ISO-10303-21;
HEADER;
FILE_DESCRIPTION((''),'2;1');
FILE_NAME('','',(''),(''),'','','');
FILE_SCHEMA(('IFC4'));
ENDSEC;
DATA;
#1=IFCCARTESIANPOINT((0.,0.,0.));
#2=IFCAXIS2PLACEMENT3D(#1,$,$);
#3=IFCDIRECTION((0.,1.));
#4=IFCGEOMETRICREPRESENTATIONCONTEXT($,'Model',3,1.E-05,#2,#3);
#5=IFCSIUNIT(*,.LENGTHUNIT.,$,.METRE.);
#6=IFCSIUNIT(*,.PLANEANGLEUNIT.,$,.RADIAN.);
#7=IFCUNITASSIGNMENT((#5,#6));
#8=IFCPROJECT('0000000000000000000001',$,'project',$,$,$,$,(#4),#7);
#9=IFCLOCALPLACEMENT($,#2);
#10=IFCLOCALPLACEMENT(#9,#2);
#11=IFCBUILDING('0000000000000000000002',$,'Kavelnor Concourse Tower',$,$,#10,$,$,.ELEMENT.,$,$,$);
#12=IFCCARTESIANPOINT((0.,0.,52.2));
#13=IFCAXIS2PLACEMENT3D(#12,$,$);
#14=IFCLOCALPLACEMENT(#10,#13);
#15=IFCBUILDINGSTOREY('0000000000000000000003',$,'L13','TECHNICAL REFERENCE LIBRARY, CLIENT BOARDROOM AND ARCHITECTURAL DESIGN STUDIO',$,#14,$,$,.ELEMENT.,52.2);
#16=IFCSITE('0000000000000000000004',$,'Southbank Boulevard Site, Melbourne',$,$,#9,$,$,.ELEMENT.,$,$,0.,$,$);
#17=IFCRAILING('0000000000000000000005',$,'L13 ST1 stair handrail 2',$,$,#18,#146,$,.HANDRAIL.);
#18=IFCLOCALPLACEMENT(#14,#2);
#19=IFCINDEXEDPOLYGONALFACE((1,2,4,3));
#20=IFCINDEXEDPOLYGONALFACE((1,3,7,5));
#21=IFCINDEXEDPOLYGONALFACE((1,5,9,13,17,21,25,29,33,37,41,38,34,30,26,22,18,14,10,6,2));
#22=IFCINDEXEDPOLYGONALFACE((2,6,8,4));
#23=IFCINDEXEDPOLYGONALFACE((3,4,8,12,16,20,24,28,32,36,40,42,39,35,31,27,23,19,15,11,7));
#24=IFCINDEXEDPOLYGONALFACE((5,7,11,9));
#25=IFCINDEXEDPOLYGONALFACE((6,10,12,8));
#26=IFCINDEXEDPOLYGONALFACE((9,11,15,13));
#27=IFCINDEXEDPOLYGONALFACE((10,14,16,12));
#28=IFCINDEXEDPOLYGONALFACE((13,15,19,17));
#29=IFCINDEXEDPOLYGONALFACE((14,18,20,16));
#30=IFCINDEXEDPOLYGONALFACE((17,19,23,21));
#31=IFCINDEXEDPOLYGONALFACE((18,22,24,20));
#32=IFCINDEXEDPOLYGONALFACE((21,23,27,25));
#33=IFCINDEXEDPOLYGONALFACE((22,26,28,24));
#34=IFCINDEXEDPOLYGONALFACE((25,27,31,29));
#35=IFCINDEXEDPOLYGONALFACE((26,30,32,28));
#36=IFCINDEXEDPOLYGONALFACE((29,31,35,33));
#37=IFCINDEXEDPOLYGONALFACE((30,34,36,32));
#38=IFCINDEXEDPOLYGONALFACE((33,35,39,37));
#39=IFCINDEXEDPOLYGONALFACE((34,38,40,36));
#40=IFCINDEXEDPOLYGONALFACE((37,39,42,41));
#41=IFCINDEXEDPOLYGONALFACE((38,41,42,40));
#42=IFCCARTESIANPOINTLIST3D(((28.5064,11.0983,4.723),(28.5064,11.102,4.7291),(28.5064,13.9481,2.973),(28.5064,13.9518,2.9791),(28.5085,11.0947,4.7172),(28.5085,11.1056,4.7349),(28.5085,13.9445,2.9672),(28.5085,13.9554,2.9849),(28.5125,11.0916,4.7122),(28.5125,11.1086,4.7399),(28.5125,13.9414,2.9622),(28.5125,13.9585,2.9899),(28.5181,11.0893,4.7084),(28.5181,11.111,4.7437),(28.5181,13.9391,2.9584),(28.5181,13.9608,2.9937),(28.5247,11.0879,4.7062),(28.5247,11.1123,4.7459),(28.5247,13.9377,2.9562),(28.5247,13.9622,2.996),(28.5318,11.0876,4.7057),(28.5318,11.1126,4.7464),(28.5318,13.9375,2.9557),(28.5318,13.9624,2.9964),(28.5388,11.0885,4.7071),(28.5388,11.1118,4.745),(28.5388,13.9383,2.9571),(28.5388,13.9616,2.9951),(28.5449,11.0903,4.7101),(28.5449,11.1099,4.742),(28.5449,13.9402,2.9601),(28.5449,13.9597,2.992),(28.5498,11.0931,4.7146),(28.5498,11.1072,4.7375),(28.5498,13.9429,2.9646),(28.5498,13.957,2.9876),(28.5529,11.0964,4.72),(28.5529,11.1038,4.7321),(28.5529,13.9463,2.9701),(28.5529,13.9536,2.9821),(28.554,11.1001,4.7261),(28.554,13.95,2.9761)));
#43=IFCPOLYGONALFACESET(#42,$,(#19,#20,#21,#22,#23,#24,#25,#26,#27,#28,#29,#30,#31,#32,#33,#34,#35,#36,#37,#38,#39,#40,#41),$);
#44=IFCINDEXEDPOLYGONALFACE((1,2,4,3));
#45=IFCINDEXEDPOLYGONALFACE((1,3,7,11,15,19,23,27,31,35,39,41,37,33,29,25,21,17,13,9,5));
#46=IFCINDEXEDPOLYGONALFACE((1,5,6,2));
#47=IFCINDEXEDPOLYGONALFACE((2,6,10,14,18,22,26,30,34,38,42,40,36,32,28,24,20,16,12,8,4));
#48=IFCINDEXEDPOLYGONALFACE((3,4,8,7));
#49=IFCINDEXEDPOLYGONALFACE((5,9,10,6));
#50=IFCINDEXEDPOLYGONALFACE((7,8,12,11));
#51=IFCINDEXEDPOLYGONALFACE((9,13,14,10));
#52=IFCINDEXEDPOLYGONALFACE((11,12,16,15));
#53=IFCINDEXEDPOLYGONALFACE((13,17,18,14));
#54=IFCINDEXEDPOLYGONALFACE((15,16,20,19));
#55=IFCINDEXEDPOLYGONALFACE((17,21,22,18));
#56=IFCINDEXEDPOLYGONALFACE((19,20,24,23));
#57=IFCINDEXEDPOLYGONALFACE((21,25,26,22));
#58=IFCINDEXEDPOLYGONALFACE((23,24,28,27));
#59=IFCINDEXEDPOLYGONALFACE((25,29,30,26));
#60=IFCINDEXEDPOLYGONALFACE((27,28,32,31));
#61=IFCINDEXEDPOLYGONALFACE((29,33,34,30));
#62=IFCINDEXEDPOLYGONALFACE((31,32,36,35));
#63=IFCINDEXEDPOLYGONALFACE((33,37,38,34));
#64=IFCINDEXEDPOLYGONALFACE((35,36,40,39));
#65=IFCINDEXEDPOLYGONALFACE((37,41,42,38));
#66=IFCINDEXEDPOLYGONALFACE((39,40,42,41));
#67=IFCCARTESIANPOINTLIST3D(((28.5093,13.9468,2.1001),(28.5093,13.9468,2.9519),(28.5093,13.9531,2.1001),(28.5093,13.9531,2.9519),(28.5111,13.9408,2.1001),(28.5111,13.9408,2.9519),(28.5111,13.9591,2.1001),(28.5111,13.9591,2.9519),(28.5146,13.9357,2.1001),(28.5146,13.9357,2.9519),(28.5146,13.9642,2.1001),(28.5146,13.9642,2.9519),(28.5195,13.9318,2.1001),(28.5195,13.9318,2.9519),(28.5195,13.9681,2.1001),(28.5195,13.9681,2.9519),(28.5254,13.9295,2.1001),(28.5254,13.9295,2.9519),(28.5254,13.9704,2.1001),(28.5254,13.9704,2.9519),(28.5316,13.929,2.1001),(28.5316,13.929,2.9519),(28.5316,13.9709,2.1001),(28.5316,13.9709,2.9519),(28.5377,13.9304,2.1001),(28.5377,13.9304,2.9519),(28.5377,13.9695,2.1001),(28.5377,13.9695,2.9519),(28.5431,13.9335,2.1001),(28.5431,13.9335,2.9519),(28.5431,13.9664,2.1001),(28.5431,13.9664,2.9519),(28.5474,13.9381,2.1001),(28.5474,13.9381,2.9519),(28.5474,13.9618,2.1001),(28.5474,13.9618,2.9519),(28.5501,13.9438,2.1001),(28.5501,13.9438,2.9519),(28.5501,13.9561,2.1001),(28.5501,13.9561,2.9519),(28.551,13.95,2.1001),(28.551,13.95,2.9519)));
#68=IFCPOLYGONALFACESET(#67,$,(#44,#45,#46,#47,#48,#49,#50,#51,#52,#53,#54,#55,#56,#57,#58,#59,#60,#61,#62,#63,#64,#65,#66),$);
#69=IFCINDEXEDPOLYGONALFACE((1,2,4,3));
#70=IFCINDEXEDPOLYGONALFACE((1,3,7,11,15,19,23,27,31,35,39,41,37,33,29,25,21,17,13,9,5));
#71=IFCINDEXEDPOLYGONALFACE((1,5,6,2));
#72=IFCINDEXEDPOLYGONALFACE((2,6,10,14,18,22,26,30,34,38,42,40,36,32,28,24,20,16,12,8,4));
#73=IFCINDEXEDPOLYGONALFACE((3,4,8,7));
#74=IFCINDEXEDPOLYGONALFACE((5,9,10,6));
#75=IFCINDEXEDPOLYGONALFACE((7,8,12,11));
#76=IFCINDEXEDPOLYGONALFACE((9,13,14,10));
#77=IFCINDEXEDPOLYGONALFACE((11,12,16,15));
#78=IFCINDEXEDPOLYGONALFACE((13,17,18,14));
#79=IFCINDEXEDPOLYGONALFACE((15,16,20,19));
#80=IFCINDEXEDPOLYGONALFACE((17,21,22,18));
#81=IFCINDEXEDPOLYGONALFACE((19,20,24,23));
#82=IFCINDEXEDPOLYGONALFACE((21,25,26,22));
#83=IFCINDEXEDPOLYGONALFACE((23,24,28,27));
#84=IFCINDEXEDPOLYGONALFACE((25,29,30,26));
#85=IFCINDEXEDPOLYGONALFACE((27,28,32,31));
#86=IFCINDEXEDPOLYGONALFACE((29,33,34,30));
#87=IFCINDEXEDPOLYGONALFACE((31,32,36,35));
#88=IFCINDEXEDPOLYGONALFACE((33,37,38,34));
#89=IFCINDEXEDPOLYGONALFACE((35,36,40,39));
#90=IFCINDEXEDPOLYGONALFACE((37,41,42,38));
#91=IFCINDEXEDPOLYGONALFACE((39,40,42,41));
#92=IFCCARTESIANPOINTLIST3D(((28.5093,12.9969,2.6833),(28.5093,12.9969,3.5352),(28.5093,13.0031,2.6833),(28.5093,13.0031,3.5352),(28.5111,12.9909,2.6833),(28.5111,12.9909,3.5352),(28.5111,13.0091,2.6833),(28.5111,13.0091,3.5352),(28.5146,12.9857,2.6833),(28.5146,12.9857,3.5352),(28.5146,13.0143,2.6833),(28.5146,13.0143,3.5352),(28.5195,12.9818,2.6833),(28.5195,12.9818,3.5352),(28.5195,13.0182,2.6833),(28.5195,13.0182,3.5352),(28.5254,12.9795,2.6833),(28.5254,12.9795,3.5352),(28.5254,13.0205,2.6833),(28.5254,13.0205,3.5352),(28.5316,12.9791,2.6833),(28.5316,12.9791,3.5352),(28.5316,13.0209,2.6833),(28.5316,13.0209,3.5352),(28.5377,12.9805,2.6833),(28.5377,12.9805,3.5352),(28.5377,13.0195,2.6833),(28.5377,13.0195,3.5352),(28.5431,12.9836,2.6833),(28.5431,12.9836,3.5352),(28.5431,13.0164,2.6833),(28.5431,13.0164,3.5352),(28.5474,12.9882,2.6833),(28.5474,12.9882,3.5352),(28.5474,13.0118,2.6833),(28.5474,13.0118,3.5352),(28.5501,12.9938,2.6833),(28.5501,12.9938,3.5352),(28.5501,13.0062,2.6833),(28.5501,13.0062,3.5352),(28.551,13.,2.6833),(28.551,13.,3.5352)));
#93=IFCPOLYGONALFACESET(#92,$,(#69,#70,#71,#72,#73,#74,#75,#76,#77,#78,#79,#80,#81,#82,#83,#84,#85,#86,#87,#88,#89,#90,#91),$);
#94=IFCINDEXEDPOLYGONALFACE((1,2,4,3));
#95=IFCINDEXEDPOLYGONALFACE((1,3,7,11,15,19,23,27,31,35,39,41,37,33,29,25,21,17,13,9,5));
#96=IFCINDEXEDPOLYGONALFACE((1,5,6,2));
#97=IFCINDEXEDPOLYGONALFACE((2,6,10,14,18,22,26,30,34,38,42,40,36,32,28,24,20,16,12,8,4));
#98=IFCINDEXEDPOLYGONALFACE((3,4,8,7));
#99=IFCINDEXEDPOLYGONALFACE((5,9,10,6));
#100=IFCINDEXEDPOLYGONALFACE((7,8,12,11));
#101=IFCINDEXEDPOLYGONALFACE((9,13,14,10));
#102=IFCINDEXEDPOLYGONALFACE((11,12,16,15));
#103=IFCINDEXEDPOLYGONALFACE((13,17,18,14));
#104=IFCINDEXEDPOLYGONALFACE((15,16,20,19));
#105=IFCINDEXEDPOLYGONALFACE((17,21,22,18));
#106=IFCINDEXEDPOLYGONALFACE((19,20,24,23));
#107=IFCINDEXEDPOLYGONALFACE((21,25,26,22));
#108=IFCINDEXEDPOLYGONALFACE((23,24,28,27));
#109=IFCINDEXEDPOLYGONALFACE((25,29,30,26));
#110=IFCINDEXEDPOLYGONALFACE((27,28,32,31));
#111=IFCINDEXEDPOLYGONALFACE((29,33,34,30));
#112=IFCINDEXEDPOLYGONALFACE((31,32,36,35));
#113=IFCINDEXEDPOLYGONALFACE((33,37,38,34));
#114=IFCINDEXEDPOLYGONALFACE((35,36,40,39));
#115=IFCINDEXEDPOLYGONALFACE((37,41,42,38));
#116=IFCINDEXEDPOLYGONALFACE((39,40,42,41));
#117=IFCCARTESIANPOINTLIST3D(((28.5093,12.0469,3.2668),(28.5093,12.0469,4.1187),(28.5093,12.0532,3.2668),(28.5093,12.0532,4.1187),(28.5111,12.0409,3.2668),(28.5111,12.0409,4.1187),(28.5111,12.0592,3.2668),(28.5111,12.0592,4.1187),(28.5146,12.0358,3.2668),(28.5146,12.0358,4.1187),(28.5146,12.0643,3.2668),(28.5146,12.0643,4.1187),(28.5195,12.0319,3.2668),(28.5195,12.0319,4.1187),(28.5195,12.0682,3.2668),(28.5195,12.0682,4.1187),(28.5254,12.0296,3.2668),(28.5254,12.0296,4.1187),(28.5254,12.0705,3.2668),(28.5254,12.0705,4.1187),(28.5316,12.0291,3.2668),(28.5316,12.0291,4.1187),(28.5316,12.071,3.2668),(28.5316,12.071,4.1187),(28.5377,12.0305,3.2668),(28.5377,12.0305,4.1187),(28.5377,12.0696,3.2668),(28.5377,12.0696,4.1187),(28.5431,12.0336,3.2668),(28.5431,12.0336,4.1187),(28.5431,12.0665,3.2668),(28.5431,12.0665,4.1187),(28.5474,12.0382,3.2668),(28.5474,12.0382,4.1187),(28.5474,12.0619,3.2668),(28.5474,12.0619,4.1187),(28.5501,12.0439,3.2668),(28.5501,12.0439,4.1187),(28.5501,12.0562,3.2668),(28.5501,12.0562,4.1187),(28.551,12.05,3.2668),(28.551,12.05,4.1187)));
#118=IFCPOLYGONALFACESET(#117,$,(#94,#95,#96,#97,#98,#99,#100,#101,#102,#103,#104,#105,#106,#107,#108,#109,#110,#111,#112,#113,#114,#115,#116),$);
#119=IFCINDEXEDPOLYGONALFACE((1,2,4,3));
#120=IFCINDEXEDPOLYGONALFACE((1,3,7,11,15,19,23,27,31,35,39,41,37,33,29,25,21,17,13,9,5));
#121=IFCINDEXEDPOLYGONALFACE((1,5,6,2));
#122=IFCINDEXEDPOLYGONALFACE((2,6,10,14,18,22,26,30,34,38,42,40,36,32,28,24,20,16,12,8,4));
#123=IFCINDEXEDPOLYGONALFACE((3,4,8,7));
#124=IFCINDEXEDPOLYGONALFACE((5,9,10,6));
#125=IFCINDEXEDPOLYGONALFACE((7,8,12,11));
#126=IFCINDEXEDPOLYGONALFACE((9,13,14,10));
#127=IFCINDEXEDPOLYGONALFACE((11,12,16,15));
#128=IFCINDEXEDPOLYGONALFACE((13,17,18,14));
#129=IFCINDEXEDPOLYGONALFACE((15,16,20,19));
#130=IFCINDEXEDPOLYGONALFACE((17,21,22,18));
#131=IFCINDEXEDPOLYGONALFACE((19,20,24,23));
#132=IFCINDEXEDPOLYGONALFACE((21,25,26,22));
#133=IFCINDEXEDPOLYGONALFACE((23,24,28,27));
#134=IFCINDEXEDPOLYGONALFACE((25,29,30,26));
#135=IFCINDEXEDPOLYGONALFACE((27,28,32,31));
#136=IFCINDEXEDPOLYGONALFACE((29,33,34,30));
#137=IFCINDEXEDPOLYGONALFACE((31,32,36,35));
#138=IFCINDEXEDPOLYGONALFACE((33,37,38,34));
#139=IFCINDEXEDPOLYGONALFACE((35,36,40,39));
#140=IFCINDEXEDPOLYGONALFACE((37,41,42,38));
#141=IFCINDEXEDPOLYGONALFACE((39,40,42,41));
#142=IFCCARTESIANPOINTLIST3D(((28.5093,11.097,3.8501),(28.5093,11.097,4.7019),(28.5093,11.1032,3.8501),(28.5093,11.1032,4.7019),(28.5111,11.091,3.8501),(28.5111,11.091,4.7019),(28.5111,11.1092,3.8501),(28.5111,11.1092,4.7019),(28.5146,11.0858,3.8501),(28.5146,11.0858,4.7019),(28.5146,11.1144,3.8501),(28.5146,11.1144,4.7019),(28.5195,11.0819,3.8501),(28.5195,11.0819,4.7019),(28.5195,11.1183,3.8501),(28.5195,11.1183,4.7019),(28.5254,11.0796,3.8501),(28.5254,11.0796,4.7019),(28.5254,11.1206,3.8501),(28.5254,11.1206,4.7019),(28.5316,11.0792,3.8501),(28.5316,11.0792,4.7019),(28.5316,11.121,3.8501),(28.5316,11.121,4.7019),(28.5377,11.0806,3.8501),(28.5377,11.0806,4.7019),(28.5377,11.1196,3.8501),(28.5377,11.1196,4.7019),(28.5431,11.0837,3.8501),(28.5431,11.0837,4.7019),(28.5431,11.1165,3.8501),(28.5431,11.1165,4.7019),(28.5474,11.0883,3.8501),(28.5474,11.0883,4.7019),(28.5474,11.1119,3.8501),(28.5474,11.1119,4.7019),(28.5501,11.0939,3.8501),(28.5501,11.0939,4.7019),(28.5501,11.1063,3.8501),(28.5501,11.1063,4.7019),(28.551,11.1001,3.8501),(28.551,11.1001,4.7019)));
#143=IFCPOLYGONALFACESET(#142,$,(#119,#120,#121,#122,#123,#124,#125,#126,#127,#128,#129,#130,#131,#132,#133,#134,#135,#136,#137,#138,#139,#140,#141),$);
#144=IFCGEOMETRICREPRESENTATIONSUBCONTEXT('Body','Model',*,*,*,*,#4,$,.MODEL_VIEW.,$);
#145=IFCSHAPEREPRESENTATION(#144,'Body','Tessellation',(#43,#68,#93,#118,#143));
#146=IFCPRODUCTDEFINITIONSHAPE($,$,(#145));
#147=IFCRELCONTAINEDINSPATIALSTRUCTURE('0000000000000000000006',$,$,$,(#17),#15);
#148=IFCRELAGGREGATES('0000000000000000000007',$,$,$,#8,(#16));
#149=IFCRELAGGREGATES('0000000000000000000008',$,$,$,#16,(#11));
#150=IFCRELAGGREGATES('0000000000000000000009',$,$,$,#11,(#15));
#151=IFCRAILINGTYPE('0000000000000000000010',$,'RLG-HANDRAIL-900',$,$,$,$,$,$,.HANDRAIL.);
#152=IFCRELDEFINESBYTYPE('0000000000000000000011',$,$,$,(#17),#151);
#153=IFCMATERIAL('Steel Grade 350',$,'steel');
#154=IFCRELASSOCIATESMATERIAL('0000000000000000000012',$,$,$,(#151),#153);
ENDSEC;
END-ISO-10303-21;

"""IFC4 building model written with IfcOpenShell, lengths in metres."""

from ifc_helpers import new_model, si_unit, direction, frame, origin, origin_2d, place, context, subcontext, project, spatial, circle, extrude, material, type_object, element, save


model = new_model("IFC4")

# Units and contexts
model_context = context("Model", 3, precision=1e-05, world=origin(), true_north=direction((0.0, 1.0)))
body_context = subcontext(model_context, "Body", "Model", "MODEL_VIEW")
ifc_project = project(units=[si_unit("LENGTHUNIT", "METRE"), si_unit("PLANEANGLEUNIT", "RADIAN")], contexts=[model_context])

# Site, building, storey
site_placement = place(None, origin())
site = spatial("IfcSite", under=ifc_project, at=site_placement, Name="Southbank Boulevard Site, Melbourne", CompositionType="ELEMENT", RefElevation=0.0)
building_placement = place(site_placement, origin())
building = spatial("IfcBuilding", under=site, at=building_placement, Name="Kavelnor Concourse Tower", CompositionType="ELEMENT")
storey_placement = place(building_placement, frame((0.0, 0.0, 52.2)))
storey = spatial("IfcBuildingStorey", under=building, at=storey_placement, Name="L13", Description="TECHNICAL REFERENCE LIBRARY, CLIENT BOARDROOM AND ARCHITECTURAL DESIGN STUDIO", CompositionType="ELEMENT", Elevation=52.2)

# Shared definitions
ifc_material_1 = material(Name="Steel Grade 350", Category="steel")

# Railing
railing_type_1 = type_object("IfcRailingType", Name="RLG-HANDRAIL-900", PredefinedType="HANDRAIL", material=ifc_material_1)
railing_1_placement = place(storey_placement, frame((28.53, 13.95, 2.1001)))
element("IfcRailing", 1, at=railing_1_placement, inside=storey, type_object=railing_type_1, Name="L13 ST1 stair handrail 2", PredefinedType="HANDRAIL", context=body_context, shape_type="SweptSolid", body=[
    extrude(circle(Radius=0.0239, at=origin_2d()), frame((0.0, 0.0, 0.876), z_axis=(0.0, -0.852159, 0.523283), x_axis=(1.0, 0.0, 0.0)), (0.0, 0.0, 1.0), 3.3442),
    extrude(circle(Radius=0.021, at=origin_2d()), origin(), (0.0, 0.0, 1.0), 0.8518),
    extrude(circle(Radius=0.021, at=origin_2d()), frame((0.0, -0.95, 0.5833)), (0.0, 0.0, 1.0), 0.8518),
    extrude(circle(Radius=0.021, at=origin_2d()), frame((0.0, -1.8999, 1.1667)), (0.0, 0.0, 1.0), 0.8518),
    extrude(circle(Radius=0.021, at=origin_2d()), frame((0.0, -2.8499, 1.75)), (0.0, 0.0, 1.0), 0.8518),
])

save(model, "model.ifc")
